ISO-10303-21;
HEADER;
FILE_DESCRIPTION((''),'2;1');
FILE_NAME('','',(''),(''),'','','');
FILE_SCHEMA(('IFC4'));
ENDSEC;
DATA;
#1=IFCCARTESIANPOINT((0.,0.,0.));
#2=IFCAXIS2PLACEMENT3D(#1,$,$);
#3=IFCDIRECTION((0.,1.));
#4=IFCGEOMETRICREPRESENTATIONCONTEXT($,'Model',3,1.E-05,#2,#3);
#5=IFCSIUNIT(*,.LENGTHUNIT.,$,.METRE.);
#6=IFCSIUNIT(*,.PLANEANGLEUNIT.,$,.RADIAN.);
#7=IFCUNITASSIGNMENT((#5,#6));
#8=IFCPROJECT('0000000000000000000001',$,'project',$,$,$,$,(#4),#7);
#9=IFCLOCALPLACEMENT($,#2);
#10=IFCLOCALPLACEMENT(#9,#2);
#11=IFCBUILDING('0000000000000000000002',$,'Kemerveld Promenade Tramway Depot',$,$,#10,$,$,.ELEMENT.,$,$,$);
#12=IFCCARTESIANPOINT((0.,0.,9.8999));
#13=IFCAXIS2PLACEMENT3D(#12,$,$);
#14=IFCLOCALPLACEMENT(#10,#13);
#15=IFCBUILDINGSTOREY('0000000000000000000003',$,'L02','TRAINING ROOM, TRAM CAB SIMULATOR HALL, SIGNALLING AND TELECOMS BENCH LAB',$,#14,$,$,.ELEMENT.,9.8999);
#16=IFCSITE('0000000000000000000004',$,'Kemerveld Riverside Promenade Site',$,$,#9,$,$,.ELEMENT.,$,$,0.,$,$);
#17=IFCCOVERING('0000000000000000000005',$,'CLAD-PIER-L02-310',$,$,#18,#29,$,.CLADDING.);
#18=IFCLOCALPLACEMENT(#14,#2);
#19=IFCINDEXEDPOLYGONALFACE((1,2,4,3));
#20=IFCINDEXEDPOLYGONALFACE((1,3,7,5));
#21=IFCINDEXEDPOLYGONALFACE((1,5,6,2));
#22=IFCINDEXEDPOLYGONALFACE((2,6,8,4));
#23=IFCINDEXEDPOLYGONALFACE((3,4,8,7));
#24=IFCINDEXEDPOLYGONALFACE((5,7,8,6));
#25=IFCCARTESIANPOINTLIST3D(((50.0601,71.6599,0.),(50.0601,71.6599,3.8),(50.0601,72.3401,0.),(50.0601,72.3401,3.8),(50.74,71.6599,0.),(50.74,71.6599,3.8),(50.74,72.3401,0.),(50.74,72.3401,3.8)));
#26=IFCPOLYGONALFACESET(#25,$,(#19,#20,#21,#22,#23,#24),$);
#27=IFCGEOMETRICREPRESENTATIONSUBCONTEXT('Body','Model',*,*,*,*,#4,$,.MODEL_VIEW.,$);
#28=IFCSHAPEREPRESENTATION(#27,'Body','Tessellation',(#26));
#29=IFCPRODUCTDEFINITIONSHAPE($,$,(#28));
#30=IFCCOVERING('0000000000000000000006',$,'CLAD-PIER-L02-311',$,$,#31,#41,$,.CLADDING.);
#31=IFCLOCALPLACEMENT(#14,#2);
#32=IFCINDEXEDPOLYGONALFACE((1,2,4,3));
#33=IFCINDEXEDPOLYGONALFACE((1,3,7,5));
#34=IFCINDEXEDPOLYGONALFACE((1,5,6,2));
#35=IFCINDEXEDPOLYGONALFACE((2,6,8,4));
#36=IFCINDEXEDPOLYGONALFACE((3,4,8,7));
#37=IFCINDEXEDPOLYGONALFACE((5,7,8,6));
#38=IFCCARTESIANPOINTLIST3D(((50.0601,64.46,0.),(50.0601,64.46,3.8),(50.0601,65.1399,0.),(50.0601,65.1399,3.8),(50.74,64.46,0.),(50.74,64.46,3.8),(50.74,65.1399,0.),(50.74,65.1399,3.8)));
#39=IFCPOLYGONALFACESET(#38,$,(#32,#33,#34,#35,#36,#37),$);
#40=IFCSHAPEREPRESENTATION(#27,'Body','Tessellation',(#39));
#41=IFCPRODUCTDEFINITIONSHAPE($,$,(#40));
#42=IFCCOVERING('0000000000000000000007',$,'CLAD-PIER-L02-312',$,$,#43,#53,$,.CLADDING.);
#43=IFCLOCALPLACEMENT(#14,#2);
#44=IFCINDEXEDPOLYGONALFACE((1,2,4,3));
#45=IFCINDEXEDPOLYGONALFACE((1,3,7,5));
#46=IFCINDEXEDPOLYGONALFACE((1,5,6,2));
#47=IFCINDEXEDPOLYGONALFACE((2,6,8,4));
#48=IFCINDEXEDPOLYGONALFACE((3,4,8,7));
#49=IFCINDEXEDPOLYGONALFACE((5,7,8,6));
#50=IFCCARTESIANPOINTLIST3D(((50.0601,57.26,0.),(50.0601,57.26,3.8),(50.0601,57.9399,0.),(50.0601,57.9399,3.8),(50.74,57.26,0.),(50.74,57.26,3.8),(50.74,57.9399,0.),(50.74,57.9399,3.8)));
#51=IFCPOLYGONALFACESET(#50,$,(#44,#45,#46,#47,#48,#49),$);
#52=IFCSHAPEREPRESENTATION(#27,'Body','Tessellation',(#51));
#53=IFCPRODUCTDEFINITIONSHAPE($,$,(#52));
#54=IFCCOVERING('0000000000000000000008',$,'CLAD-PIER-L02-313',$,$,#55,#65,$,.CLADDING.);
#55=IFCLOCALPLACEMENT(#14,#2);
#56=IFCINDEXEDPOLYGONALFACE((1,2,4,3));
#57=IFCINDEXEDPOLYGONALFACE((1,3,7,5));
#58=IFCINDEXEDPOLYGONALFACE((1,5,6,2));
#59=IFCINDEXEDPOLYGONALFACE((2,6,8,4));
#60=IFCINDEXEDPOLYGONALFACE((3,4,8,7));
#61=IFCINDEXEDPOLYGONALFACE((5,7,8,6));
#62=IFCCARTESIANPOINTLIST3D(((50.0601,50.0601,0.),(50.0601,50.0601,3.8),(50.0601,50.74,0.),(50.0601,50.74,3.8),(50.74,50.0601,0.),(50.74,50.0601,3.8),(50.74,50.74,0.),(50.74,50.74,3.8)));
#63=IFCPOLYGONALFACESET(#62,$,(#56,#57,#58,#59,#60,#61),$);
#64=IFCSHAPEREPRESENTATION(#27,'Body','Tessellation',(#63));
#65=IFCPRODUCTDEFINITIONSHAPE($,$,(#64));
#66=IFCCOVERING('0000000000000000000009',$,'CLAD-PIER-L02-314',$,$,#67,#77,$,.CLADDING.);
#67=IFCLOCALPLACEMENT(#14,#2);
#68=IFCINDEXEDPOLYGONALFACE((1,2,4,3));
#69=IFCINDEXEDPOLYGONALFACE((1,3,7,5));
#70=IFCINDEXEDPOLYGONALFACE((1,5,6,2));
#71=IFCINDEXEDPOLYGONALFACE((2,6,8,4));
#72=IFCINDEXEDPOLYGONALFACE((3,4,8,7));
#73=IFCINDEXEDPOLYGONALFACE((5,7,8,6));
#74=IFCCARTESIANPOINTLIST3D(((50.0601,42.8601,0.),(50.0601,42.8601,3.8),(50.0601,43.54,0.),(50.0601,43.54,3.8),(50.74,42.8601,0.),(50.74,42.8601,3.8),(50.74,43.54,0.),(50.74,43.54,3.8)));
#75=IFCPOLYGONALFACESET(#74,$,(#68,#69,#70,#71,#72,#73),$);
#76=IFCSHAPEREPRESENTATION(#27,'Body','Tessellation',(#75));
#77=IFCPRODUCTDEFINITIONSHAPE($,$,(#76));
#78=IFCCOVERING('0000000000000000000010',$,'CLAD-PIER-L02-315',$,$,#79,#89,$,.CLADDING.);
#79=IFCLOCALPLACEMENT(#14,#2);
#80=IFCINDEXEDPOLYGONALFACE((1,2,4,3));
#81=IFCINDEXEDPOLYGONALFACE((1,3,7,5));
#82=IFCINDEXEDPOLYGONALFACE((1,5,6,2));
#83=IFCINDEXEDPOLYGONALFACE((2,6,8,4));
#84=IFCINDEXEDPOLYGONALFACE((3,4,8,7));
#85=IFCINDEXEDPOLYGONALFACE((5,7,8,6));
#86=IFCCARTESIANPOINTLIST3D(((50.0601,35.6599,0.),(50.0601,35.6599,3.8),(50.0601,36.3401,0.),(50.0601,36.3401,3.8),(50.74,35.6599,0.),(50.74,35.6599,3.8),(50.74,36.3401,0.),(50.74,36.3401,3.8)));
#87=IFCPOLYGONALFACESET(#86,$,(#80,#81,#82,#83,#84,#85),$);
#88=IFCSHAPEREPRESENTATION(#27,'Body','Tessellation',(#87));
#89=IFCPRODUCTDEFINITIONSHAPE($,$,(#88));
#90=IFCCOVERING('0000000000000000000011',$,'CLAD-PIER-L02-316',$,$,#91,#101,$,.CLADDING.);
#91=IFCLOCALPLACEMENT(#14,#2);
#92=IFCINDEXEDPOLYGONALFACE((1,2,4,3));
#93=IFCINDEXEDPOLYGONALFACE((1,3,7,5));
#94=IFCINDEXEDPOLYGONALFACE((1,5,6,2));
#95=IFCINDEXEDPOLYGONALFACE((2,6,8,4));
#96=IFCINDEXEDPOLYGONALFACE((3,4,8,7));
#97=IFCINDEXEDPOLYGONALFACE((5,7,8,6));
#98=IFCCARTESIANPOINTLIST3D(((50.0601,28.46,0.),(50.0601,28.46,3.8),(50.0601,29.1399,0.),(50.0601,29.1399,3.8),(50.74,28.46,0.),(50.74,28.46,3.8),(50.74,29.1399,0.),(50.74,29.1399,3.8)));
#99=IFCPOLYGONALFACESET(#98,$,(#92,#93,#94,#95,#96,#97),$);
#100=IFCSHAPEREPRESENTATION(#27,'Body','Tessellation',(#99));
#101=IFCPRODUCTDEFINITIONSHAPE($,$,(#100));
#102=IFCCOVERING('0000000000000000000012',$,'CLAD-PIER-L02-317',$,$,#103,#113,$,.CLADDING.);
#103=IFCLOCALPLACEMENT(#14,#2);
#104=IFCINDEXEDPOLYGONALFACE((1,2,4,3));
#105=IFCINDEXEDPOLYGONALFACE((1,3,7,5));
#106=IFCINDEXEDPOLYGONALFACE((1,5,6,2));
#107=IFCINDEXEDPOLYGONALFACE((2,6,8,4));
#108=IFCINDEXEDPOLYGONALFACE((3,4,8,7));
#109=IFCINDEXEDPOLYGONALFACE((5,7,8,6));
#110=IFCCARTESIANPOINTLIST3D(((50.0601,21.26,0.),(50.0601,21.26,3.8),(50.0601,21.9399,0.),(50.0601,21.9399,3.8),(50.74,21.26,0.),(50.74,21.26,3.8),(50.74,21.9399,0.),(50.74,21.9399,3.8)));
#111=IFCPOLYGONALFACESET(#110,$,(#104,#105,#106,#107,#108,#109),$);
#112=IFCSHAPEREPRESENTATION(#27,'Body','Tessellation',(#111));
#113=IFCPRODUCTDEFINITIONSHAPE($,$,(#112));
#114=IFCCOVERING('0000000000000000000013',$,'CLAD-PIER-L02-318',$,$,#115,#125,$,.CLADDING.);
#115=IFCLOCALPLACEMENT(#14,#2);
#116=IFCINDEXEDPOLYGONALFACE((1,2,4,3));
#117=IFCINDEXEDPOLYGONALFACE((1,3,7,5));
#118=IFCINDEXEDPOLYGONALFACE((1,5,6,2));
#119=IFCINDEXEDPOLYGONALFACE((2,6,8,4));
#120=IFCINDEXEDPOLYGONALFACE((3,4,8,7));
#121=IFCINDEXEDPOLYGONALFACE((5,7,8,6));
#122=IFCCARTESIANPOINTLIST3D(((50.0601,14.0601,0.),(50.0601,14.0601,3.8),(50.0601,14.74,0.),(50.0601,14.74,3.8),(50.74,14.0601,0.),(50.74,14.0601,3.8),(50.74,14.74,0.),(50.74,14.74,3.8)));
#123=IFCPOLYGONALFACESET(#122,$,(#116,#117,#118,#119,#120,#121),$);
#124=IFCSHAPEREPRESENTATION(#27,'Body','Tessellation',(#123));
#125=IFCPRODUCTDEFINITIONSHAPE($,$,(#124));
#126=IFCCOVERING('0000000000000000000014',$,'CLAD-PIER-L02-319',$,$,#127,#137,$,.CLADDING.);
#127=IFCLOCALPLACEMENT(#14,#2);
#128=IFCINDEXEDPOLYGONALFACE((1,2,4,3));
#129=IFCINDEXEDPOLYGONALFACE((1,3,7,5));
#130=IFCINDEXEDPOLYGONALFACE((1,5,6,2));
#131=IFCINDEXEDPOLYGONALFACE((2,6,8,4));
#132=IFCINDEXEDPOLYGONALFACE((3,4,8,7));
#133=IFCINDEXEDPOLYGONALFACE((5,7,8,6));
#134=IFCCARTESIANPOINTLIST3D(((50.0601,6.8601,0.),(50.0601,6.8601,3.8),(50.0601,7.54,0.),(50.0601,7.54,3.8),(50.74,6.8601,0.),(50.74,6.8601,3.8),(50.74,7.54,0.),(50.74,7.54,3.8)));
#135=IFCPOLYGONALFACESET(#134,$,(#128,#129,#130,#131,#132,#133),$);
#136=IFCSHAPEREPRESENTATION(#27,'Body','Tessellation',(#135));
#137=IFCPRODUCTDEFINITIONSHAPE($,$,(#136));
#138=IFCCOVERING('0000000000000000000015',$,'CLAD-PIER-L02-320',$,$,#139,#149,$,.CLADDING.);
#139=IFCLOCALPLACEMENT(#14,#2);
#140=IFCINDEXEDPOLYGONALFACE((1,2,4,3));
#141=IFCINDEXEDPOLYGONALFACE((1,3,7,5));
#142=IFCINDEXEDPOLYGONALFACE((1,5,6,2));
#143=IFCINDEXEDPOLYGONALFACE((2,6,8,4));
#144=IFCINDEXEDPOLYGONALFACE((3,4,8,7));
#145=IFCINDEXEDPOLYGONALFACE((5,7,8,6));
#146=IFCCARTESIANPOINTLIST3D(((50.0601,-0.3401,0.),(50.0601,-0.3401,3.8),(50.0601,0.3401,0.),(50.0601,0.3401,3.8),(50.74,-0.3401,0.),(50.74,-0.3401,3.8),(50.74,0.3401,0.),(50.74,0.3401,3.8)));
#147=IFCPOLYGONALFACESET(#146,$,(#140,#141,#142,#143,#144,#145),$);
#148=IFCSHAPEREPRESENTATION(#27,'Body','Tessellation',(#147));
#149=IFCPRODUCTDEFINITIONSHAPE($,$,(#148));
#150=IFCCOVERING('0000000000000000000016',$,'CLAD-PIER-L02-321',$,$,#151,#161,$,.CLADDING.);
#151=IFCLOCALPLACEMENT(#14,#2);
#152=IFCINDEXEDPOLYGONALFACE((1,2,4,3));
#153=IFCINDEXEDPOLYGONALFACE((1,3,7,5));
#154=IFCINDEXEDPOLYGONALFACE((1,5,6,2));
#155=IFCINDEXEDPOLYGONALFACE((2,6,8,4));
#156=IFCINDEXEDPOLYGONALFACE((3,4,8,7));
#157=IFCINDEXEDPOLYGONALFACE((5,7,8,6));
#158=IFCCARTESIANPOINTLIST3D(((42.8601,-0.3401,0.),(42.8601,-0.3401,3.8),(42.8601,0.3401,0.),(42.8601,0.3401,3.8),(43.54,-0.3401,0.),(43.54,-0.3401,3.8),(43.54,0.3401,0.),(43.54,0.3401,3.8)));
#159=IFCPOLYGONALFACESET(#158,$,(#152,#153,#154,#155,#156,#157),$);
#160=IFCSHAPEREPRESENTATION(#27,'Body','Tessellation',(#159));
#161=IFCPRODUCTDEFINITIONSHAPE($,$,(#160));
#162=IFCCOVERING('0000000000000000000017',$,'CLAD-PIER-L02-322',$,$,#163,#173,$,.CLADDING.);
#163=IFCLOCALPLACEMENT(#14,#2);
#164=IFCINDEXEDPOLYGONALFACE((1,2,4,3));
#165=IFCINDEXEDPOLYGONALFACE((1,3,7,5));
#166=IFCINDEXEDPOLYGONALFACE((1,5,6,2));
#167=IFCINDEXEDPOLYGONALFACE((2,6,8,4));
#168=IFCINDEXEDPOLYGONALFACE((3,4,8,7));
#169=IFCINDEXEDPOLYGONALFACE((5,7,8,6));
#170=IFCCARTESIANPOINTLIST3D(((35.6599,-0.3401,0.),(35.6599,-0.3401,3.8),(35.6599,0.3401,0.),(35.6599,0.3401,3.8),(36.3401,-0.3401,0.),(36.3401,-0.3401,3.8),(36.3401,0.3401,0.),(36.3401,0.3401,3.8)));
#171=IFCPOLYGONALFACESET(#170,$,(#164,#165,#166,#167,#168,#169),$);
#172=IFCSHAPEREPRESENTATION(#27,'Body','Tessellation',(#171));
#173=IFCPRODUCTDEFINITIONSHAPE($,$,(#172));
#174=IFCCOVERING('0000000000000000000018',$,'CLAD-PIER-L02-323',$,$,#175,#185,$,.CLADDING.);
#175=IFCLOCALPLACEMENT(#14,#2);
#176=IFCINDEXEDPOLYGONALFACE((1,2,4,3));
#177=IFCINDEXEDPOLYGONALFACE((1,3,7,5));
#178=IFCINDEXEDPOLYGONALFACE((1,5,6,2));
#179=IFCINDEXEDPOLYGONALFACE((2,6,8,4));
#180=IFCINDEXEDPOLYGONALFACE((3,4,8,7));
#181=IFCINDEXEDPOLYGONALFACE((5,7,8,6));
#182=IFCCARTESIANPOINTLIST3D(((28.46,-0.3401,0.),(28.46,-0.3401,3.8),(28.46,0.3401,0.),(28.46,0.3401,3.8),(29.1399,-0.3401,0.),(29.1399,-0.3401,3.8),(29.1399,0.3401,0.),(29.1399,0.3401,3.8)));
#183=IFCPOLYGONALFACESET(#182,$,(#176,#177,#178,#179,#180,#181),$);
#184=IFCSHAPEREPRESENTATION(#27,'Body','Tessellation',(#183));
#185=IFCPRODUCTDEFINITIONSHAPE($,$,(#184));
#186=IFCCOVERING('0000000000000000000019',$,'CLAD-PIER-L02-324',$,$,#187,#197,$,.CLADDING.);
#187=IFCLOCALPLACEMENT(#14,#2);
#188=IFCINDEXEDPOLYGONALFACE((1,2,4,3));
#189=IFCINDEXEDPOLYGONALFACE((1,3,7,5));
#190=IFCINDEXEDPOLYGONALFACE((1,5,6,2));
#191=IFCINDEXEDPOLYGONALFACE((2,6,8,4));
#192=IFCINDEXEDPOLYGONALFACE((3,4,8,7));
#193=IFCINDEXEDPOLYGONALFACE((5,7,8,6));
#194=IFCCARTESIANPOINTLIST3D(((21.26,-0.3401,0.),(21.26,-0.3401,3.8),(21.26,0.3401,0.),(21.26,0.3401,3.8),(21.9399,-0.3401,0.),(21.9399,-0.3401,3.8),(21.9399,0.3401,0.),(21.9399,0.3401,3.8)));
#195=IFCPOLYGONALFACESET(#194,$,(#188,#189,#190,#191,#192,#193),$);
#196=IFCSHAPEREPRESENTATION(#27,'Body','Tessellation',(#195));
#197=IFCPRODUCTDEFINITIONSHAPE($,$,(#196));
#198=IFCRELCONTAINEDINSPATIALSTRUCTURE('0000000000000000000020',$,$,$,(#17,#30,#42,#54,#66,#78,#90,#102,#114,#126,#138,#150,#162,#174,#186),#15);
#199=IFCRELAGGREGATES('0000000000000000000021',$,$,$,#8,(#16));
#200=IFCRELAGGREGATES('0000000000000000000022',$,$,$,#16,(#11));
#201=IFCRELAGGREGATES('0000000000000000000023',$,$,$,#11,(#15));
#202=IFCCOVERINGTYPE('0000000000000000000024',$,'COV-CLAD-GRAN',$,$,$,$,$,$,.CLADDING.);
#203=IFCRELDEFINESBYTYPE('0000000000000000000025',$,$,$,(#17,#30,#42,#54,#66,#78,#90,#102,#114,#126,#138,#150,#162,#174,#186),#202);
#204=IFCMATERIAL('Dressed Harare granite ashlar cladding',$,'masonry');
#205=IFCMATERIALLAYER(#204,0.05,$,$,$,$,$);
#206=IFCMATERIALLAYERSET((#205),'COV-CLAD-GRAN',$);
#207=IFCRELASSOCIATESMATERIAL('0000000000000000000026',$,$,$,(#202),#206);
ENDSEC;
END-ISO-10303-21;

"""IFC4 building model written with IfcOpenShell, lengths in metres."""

from ifc_helpers import new_model, si_unit, direction, frame, origin, place, context, subcontext, project, spatial, polyline, outline, extrude, material, layer, layer_set, type_object, element, save


model = new_model("IFC4")

# Units and contexts
model_context = context("Model", 3, precision=1e-05, world=origin(), true_north=direction((0.0, 1.0)))
body_context = subcontext(model_context, "Body", "Model", "MODEL_VIEW")
ifc_project = project(units=[si_unit("LENGTHUNIT", "METRE"), si_unit("PLANEANGLEUNIT", "RADIAN")], contexts=[model_context])

# Site, building, storey
site_placement = place(None, origin())
site = spatial("IfcSite", under=ifc_project, at=site_placement, Name="Kemerveld Riverside Promenade Site", CompositionType="ELEMENT", RefElevation=0.0)
building_placement = place(site_placement, origin())
building = spatial("IfcBuilding", under=site, at=building_placement, Name="Kemerveld Promenade Tramway Depot", CompositionType="ELEMENT")
storey_placement = place(building_placement, frame((0.0, 0.0, 9.8999)))
storey = spatial("IfcBuildingStorey", under=building, at=storey_placement, Name="L02", Description="TRAINING ROOM, TRAM CAB SIMULATOR HALL, SIGNALLING AND TELECOMS BENCH LAB", CompositionType="ELEMENT", Elevation=9.8999)

# Coverings
ifc_material_1 = material(Name="Dressed Harare granite ashlar cladding", Category="masonry")
ifc_layer = layer(ifc_material_1, 0.05)
ifc_layer_set = layer_set([ifc_layer], Name="COV-CLAD-GRAN")
covering_type = type_object("IfcCoveringType", Name="COV-CLAD-GRAN", PredefinedType="CLADDING", material=ifc_layer_set)
covering_1_placement = place(storey_placement, origin())
element("IfcCovering", 1, at=covering_1_placement, inside=storey, type_object=covering_type, Name="CLAD-PIER-L02-310", PredefinedType="CLADDING", context=body_context, shape_type="SweptSolid", body=[
    extrude(outline(polyline([(50.0601, 71.6599), (50.74, 71.6599), (50.74, 72.3401), (50.0601, 72.3401), (50.0601, 71.6599)])), origin(), (0.0, 0.0, 1.0), 3.8),
])
covering_2_placement = place(storey_placement, origin())
element("IfcCovering", 2, at=covering_2_placement, inside=storey, type_object=covering_type, Name="CLAD-PIER-L02-311", PredefinedType="CLADDING", context=body_context, shape_type="SweptSolid", body=[
    extrude(outline(polyline([(50.0601, 64.46), (50.74, 64.46), (50.74, 65.1399), (50.0601, 65.1399), (50.0601, 64.46)])), origin(), (0.0, 0.0, 1.0), 3.8),
])
covering_3_placement = place(storey_placement, origin())
element("IfcCovering", 3, at=covering_3_placement, inside=storey, type_object=covering_type, Name="CLAD-PIER-L02-312", PredefinedType="CLADDING", context=body_context, shape_type="SweptSolid", body=[
    extrude(outline(polyline([(50.0601, 57.26), (50.74, 57.26), (50.74, 57.9399), (50.0601, 57.9399), (50.0601, 57.26)])), origin(), (0.0, 0.0, 1.0), 3.8),
])
covering_4_placement = place(storey_placement, origin())
element("IfcCovering", 4, at=covering_4_placement, inside=storey, type_object=covering_type, Name="CLAD-PIER-L02-313", PredefinedType="CLADDING", context=body_context, shape_type="SweptSolid", body=[
    extrude(outline(polyline([(50.0601, 50.0601), (50.74, 50.0601), (50.74, 50.74), (50.0601, 50.74), (50.0601, 50.0601)])), origin(), (0.0, 0.0, 1.0), 3.8),
])
covering_5_placement = place(storey_placement, origin())
element("IfcCovering", 5, at=covering_5_placement, inside=storey, type_object=covering_type, Name="CLAD-PIER-L02-314", PredefinedType="CLADDING", context=body_context, shape_type="SweptSolid", body=[
    extrude(outline(polyline([(50.0601, 42.8601), (50.74, 42.8601), (50.74, 43.54), (50.0601, 43.54), (50.0601, 42.8601)])), origin(), (0.0, 0.0, 1.0), 3.8),
])
covering_6_placement = place(storey_placement, origin())
element("IfcCovering", 6, at=covering_6_placement, inside=storey, type_object=covering_type, Name="CLAD-PIER-L02-315", PredefinedType="CLADDING", context=body_context, shape_type="SweptSolid", body=[
    extrude(outline(polyline([(50.0601, 35.6599), (50.74, 35.6599), (50.74, 36.3401), (50.0601, 36.3401), (50.0601, 35.6599)])), origin(), (0.0, 0.0, 1.0), 3.8),
])
covering_7_placement = place(storey_placement, origin())
element("IfcCovering", 7, at=covering_7_placement, inside=storey, type_object=covering_type, Name="CLAD-PIER-L02-316", PredefinedType="CLADDING", context=body_context, shape_type="SweptSolid", body=[
    extrude(outline(polyline([(50.0601, 28.46), (50.74, 28.46), (50.74, 29.1399), (50.0601, 29.1399), (50.0601, 28.46)])), origin(), (0.0, 0.0, 1.0), 3.8),
])
covering_8_placement = place(storey_placement, origin())
element("IfcCovering", 8, at=covering_8_placement, inside=storey, type_object=covering_type, Name="CLAD-PIER-L02-317", PredefinedType="CLADDING", context=body_context, shape_type="SweptSolid", body=[
    extrude(outline(polyline([(50.0601, 21.26), (50.74, 21.26), (50.74, 21.9399), (50.0601, 21.9399), (50.0601, 21.26)])), origin(), (0.0, 0.0, 1.0), 3.8),
])
covering_9_placement = place(storey_placement, origin())
element("IfcCovering", 9, at=covering_9_placement, inside=storey, type_object=covering_type, Name="CLAD-PIER-L02-318", PredefinedType="CLADDING", context=body_context, shape_type="SweptSolid", body=[
    extrude(outline(polyline([(50.0601, 14.0601), (50.74, 14.0601), (50.74, 14.74), (50.0601, 14.74), (50.0601, 14.0601)])), origin(), (0.0, 0.0, 1.0), 3.8),
])
covering_10_placement = place(storey_placement, origin())
element("IfcCovering", 10, at=covering_10_placement, inside=storey, type_object=covering_type, Name="CLAD-PIER-L02-319", PredefinedType="CLADDING", context=body_context, shape_type="SweptSolid", body=[
    extrude(outline(polyline([(50.0601, 6.8601), (50.74, 6.8601), (50.74, 7.54), (50.0601, 7.54), (50.0601, 6.8601)])), origin(), (0.0, 0.0, 1.0), 3.8),
])
covering_11_placement = place(storey_placement, origin())
element("IfcCovering", 11, at=covering_11_placement, inside=storey, type_object=covering_type, Name="CLAD-PIER-L02-320", PredefinedType="CLADDING", context=body_context, shape_type="SweptSolid", body=[
    extrude(outline(polyline([(50.0601, -0.3401), (50.74, -0.3401), (50.74, 0.3401), (50.0601, 0.3401), (50.0601, -0.3401)])), origin(), (0.0, 0.0, 1.0), 3.8),
])
covering_12_placement = place(storey_placement, origin())
element("IfcCovering", 12, at=covering_12_placement, inside=storey, type_object=covering_type, Name="CLAD-PIER-L02-321", PredefinedType="CLADDING", context=body_context, shape_type="SweptSolid", body=[
    extrude(outline(polyline([(42.8601, -0.3401), (43.54, -0.3401), (43.54, 0.3401), (42.8601, 0.3401), (42.8601, -0.3401)])), origin(), (0.0, 0.0, 1.0), 3.8),
])
covering_13_placement = place(storey_placement, origin())
element("IfcCovering", 13, at=covering_13_placement, inside=storey, type_object=covering_type, Name="CLAD-PIER-L02-322", PredefinedType="CLADDING", context=body_context, shape_type="SweptSolid", body=[
    extrude(outline(polyline([(35.6599, -0.3401), (36.3401, -0.3401), (36.3401, 0.3401), (35.6599, 0.3401), (35.6599, -0.3401)])), origin(), (0.0, 0.0, 1.0), 3.8),
])
covering_14_placement = place(storey_placement, origin())
element("IfcCovering", 14, at=covering_14_placement, inside=storey, type_object=covering_type, Name="CLAD-PIER-L02-323", PredefinedType="CLADDING", context=body_context, shape_type="SweptSolid", body=[
    extrude(outline(polyline([(28.46, -0.3401), (29.1399, -0.3401), (29.1399, 0.3401), (28.46, 0.3401), (28.46, -0.3401)])), origin(), (0.0, 0.0, 1.0), 3.8),
])
covering_15_placement = place(storey_placement, origin())
element("IfcCovering", 15, at=covering_15_placement, inside=storey, type_object=covering_type, Name="CLAD-PIER-L02-324", PredefinedType="CLADDING", context=body_context, shape_type="SweptSolid", body=[
    extrude(outline(polyline([(21.26, -0.3401), (21.9399, -0.3401), (21.9399, 0.3401), (21.26, 0.3401), (21.26, -0.3401)])), origin(), (0.0, 0.0, 1.0), 3.8),
])

save(model, "model.ifc")
